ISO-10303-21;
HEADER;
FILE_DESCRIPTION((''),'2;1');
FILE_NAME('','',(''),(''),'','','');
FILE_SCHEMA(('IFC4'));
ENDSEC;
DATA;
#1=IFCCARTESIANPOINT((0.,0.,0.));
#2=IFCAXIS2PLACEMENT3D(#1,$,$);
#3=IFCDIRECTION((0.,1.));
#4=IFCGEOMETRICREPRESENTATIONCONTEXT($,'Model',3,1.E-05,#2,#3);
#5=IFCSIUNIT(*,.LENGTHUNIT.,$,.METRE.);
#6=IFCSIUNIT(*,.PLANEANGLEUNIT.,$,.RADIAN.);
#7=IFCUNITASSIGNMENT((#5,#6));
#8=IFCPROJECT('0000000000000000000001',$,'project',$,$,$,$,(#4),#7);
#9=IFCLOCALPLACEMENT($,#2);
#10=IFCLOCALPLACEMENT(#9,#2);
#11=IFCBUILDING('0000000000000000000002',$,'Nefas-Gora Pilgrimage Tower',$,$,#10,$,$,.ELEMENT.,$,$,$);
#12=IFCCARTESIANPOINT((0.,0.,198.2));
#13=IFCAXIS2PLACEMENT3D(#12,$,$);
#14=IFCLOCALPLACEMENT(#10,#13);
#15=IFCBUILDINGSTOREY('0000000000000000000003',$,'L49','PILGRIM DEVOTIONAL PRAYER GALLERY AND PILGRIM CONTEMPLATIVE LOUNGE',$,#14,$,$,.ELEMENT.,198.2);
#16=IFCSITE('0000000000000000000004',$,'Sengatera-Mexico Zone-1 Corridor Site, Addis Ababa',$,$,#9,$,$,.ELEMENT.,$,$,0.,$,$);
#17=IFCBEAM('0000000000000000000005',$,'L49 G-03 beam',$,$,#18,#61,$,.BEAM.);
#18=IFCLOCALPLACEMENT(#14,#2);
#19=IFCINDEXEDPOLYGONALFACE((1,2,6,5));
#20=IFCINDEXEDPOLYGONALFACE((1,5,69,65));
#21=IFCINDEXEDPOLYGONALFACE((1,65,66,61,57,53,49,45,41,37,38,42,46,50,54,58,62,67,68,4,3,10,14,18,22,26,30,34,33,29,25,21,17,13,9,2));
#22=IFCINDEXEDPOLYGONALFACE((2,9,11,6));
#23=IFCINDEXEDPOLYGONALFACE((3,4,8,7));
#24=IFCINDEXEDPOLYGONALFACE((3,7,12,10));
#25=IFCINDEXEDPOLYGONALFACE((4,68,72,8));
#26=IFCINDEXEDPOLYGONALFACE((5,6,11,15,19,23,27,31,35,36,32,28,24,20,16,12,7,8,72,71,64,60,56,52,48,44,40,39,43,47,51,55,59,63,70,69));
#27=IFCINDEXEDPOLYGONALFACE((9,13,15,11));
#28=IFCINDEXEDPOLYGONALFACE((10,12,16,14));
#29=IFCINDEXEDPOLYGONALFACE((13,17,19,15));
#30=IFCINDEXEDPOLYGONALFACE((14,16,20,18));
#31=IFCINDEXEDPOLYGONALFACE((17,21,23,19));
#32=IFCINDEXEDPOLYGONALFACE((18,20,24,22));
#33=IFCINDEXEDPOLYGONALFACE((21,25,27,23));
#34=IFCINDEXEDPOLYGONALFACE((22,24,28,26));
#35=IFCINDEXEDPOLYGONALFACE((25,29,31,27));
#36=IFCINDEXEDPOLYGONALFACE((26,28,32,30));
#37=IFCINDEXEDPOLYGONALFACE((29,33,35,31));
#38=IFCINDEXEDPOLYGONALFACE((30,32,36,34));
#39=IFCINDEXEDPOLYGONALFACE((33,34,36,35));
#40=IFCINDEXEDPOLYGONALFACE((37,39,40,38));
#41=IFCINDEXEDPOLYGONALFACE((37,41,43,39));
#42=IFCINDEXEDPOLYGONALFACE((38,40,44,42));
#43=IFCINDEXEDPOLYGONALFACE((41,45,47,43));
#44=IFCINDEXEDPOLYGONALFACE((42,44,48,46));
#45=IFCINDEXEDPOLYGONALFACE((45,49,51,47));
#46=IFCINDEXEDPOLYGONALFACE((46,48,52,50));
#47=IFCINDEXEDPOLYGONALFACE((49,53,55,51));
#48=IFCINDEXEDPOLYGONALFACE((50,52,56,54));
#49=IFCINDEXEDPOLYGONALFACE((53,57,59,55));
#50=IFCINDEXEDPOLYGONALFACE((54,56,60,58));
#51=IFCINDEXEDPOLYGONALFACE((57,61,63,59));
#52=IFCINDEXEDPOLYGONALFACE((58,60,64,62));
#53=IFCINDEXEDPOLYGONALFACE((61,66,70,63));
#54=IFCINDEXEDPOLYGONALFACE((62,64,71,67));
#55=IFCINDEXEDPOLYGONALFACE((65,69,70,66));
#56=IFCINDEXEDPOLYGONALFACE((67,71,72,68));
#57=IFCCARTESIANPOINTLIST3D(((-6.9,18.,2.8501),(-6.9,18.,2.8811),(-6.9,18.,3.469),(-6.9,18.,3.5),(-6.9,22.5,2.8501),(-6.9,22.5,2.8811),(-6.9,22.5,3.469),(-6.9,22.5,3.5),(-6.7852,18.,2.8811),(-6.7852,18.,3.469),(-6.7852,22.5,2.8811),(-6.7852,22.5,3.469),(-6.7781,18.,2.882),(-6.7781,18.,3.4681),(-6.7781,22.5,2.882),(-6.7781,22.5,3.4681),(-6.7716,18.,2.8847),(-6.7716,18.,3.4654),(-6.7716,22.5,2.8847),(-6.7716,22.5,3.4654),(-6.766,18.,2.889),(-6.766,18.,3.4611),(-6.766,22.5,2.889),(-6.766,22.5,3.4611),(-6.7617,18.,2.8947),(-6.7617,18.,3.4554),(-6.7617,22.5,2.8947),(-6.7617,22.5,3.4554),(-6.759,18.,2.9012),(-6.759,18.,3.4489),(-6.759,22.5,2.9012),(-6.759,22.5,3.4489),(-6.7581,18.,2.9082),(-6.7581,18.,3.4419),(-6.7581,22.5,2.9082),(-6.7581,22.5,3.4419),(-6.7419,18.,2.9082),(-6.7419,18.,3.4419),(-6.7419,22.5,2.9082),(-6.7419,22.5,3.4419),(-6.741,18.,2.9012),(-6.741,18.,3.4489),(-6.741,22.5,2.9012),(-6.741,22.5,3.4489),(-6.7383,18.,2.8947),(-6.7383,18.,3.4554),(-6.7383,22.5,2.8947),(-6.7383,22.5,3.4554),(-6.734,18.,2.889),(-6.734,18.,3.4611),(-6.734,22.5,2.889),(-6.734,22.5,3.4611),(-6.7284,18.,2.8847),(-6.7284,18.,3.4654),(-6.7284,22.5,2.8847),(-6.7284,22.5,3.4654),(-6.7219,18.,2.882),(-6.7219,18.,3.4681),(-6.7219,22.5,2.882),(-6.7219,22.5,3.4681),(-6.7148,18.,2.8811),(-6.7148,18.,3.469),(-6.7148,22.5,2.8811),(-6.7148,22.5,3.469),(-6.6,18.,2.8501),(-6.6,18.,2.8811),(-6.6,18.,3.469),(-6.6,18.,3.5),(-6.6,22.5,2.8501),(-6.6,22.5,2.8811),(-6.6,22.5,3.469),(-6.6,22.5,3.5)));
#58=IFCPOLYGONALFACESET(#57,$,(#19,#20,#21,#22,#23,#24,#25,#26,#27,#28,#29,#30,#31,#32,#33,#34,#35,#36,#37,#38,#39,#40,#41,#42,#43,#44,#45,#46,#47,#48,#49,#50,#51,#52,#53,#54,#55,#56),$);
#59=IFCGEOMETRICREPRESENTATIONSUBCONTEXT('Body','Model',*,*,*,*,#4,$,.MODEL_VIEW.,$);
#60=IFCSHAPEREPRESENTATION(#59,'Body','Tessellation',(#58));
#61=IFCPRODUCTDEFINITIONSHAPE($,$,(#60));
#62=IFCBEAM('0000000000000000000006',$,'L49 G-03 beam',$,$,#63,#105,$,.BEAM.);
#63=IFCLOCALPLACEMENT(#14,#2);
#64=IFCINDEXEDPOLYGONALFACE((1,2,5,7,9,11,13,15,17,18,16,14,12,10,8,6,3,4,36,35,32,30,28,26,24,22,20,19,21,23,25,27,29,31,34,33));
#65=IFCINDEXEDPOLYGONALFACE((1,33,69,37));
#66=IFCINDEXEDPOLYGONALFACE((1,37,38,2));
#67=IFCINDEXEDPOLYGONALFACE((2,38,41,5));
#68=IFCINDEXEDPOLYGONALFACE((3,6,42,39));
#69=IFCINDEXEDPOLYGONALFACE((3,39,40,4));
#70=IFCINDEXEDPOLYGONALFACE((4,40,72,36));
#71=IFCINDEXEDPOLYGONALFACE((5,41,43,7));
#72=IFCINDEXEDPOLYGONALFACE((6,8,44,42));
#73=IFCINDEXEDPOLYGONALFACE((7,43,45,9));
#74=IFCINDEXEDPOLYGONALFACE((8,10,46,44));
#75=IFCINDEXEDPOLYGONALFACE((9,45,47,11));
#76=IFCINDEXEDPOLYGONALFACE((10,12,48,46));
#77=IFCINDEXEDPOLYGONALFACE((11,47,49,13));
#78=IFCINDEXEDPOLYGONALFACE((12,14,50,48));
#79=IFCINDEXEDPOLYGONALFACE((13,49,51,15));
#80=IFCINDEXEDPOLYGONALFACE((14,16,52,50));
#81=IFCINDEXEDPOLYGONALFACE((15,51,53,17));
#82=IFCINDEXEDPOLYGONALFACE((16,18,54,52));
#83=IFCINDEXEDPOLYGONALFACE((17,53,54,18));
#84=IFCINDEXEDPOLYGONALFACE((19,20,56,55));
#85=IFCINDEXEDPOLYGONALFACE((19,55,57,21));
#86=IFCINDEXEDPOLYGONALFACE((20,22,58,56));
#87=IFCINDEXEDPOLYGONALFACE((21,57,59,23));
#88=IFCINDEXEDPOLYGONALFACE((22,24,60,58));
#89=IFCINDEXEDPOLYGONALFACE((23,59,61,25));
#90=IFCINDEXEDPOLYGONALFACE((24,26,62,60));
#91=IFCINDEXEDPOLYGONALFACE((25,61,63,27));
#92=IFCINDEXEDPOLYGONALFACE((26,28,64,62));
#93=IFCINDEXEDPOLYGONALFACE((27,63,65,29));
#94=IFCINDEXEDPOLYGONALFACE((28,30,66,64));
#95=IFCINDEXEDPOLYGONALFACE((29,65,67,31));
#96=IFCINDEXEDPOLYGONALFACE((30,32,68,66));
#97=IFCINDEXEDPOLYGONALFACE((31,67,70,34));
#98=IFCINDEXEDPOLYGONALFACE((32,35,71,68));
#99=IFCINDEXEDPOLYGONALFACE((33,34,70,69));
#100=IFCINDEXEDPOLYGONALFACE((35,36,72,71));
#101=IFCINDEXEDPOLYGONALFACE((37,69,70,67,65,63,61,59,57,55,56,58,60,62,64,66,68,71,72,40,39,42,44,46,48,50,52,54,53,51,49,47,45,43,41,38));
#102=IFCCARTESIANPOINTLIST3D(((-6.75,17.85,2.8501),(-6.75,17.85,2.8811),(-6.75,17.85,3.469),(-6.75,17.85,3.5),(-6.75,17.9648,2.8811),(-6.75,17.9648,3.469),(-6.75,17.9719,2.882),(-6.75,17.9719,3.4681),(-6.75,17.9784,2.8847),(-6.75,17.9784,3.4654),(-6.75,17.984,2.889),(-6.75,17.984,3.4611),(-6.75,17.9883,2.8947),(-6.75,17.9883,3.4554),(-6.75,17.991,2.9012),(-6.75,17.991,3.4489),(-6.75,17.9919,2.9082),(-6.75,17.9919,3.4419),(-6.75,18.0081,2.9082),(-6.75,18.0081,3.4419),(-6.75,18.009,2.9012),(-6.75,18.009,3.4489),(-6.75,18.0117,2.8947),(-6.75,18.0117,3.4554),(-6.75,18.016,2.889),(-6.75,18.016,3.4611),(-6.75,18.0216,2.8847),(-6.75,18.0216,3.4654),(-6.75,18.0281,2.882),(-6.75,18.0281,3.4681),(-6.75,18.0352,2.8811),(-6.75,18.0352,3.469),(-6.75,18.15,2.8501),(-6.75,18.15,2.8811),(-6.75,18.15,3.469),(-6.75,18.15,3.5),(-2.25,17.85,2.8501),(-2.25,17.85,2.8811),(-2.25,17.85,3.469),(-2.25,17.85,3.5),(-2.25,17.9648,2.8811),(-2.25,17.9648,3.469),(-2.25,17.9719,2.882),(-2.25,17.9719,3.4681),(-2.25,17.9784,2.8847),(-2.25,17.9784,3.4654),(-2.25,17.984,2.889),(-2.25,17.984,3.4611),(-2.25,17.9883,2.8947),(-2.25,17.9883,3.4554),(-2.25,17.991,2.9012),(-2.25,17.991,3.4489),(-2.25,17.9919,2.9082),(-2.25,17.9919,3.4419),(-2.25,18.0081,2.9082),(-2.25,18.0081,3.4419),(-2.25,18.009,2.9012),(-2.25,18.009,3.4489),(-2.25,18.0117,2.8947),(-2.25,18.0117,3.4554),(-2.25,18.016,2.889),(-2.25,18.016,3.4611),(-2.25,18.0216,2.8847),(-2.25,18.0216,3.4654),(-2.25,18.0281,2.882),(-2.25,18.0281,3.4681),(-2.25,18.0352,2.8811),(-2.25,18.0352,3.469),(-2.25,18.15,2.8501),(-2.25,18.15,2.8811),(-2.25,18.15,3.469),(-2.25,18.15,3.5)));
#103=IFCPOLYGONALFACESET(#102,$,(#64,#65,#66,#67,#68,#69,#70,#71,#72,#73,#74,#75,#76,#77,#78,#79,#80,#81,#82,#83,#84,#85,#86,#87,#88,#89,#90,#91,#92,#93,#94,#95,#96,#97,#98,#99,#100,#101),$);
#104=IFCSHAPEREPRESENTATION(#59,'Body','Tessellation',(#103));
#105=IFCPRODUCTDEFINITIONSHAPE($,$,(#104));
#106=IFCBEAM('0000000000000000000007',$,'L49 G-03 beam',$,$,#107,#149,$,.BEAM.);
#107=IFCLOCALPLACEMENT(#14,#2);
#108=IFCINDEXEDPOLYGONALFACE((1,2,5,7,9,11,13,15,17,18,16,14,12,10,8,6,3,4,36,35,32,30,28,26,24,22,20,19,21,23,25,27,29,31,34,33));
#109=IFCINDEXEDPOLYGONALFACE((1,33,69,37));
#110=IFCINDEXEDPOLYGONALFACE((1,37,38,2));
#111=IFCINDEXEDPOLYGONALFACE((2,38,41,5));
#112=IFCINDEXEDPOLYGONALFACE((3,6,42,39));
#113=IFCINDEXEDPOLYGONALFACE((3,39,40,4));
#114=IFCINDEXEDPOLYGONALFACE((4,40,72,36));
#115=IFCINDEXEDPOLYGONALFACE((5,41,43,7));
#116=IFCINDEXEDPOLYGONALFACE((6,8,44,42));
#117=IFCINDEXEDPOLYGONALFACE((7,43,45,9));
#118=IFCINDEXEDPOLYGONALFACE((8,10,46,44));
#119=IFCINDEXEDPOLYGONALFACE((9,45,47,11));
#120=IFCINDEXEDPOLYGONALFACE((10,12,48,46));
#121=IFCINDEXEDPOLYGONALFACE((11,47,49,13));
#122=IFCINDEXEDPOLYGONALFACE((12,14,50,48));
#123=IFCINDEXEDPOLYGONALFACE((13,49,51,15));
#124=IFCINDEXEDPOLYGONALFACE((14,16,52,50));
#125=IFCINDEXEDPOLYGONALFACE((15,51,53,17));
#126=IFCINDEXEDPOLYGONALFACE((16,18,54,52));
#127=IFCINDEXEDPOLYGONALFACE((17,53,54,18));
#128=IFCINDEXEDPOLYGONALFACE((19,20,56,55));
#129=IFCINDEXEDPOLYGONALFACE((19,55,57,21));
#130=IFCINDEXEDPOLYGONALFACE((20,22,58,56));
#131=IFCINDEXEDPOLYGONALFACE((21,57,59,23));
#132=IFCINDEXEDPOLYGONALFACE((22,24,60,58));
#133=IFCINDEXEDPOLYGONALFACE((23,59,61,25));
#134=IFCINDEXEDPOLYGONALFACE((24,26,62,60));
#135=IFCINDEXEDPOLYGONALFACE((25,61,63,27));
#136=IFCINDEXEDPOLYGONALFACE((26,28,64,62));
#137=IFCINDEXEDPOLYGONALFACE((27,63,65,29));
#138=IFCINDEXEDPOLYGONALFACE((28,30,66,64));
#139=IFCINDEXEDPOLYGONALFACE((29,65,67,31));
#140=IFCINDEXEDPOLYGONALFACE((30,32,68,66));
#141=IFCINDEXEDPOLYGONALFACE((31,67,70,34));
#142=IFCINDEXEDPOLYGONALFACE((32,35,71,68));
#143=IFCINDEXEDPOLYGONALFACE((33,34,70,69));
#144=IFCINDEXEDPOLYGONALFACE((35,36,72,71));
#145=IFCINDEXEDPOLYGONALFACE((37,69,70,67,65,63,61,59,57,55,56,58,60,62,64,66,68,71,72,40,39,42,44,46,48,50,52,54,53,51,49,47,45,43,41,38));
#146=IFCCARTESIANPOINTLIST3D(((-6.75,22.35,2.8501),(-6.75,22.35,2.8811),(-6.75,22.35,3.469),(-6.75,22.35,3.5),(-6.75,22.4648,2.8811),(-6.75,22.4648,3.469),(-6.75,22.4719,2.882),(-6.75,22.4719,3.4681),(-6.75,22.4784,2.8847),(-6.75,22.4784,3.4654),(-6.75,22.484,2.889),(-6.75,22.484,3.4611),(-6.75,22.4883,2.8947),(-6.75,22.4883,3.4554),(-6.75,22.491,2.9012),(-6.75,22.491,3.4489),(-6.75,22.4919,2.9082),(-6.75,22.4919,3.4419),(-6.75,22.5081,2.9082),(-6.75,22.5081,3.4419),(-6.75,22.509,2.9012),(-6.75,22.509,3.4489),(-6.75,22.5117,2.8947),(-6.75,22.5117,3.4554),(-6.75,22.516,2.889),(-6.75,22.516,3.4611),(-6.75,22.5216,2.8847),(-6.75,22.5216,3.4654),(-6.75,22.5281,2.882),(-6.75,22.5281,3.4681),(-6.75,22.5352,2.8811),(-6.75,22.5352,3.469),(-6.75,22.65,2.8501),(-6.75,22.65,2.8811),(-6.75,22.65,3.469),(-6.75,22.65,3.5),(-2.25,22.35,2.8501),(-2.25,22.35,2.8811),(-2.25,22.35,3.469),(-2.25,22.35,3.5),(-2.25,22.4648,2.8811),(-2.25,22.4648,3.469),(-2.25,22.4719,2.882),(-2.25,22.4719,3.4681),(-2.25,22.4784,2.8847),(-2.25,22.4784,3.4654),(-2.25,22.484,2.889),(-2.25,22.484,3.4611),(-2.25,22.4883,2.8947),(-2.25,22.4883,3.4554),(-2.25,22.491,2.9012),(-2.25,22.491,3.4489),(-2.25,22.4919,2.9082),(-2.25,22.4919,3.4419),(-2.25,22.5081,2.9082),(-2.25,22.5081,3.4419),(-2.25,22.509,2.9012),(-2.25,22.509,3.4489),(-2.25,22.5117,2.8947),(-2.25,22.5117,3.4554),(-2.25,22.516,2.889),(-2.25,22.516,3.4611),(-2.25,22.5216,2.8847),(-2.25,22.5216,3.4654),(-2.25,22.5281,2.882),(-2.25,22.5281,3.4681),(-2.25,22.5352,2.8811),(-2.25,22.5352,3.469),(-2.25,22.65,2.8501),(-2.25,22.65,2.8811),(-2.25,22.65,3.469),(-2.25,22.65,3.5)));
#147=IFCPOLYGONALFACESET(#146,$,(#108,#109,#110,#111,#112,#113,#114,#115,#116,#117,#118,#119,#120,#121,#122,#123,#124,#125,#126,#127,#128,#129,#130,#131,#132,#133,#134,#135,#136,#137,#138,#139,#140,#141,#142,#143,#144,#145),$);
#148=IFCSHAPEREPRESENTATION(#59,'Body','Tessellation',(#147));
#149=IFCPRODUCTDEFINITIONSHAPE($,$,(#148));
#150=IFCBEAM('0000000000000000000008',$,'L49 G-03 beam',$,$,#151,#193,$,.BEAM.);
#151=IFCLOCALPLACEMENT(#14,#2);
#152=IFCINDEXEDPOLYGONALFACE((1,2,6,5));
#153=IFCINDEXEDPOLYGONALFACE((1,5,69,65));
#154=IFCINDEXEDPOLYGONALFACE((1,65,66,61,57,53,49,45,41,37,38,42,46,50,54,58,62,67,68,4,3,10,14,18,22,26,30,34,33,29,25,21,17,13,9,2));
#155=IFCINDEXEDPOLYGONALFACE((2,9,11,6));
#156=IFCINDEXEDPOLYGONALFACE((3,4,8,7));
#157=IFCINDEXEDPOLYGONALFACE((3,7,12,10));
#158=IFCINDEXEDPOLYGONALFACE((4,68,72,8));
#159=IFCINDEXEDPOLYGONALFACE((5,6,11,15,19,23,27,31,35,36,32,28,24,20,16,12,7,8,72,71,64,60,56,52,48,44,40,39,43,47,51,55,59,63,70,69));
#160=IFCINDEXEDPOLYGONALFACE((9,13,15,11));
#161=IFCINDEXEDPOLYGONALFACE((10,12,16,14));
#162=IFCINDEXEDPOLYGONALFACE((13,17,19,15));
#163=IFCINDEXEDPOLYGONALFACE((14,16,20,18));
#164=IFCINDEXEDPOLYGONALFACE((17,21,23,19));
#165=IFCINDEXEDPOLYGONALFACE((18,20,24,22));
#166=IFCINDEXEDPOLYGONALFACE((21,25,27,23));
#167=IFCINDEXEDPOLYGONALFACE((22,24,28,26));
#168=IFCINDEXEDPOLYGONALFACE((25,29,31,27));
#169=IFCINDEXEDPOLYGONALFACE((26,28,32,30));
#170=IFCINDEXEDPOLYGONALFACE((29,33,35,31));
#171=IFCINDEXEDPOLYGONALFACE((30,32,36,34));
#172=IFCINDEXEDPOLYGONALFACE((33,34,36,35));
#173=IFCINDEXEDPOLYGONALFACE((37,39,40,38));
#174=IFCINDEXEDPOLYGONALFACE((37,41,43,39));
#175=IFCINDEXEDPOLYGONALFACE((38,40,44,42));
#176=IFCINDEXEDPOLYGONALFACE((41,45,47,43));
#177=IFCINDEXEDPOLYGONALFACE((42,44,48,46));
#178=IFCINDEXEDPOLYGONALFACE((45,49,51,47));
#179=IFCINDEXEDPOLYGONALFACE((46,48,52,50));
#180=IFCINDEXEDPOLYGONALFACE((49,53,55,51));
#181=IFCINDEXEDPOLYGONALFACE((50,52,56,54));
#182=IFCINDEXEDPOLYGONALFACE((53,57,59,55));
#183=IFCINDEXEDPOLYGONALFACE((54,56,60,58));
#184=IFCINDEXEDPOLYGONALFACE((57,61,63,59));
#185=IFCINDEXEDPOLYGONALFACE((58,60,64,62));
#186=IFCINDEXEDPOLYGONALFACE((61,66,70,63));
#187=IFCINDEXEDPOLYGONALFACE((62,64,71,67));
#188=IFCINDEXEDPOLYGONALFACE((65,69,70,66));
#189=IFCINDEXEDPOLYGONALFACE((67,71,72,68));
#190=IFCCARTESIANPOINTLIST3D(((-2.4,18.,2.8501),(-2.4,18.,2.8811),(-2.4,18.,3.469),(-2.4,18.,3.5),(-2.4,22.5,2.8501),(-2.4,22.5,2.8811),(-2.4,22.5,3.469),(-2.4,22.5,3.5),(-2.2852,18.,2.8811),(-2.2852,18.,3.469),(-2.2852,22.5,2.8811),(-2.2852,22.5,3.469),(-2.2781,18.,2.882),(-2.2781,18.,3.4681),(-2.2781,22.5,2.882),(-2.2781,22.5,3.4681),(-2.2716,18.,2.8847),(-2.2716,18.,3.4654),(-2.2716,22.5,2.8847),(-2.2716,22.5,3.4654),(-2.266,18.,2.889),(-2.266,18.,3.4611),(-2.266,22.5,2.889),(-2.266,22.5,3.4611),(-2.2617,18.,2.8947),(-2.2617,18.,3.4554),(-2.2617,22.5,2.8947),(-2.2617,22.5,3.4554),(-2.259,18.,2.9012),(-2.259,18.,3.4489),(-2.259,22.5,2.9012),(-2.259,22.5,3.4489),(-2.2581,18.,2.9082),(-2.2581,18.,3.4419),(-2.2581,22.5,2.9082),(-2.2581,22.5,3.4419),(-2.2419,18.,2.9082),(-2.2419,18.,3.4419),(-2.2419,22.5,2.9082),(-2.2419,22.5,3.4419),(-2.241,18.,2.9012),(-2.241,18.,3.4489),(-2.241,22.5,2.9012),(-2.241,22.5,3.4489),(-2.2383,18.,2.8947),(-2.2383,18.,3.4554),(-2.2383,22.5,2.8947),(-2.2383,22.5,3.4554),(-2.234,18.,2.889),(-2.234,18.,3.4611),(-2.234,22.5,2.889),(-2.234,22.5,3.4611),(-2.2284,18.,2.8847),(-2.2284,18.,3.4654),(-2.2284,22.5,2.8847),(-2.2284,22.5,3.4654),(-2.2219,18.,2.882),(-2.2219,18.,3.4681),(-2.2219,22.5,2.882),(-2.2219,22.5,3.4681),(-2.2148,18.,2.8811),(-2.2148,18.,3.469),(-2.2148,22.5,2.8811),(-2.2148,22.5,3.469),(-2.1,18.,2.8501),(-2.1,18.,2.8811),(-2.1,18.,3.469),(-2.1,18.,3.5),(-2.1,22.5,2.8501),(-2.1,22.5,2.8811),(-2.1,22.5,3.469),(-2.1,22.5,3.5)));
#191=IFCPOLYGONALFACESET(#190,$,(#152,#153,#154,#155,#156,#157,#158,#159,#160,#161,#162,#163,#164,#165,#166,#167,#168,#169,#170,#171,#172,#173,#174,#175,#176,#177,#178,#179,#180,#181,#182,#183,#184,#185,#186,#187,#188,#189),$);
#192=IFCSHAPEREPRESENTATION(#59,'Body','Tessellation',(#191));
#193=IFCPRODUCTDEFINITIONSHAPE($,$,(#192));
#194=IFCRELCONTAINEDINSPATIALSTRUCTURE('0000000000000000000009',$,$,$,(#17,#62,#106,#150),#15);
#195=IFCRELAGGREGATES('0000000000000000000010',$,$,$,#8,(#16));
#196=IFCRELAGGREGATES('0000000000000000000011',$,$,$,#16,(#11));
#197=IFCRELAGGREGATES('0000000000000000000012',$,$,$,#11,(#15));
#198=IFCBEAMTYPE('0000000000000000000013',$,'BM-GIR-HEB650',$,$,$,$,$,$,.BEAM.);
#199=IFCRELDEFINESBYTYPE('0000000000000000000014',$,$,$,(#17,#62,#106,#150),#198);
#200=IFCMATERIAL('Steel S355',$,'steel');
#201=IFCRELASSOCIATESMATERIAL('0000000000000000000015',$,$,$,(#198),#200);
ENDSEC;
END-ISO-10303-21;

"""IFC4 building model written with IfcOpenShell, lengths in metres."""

from ifc_helpers import new_model, si_unit, direction, frame, origin, origin_2d, place, context, subcontext, project, spatial, i_section, extrude, source, transform, mapped, material, material_profile, profile_set, type_object, element, save


model = new_model("IFC4")

# Units and contexts
model_context = context("Model", 3, precision=1e-05, world=origin(), true_north=direction((0.0, 1.0)))
body_context = subcontext(model_context, "Body", "Model", "MODEL_VIEW")
ifc_project = project(units=[si_unit("LENGTHUNIT", "METRE"), si_unit("PLANEANGLEUNIT", "RADIAN")], contexts=[model_context])

# Site, building, storey
site_placement = place(None, origin())
site = spatial("IfcSite", under=ifc_project, at=site_placement, Name="Sengatera-Mexico Zone-1 Corridor Site, Addis Ababa", CompositionType="ELEMENT", RefElevation=0.0)
building_placement = place(site_placement, origin())
building = spatial("IfcBuilding", under=site, at=building_placement, Name="Nefas-Gora Pilgrimage Tower", CompositionType="ELEMENT")
storey_placement = place(building_placement, frame((0.0, 0.0, 198.2)))
storey = spatial("IfcBuildingStorey", under=building, at=storey_placement, Name="L49", Description="PILGRIM DEVOTIONAL PRAYER GALLERY AND PILGRIM CONTEMPLATIVE LOUNGE", CompositionType="ELEMENT", Elevation=198.2)

# Beams
ifc_material_1 = material(Name="Steel S355", Category="steel")
ifc_material_profile_1 = material_profile(ifc_material_1, i_section(OverallWidth=0.3, OverallDepth=0.6499, WebThickness=0.0161, FlangeThickness=0.031, FilletRadius=0.0271, at=origin_2d()), Name="HEB 650")
ifc_profile_set_1 = profile_set([ifc_material_profile_1], Name="Steel S355")
beam_type = type_object("IfcBeamType", Name="BM-GIR-HEB650", PredefinedType="BEAM", material=ifc_profile_set_1)
shared_shape_1 = source(origin(), body_context, "Body", "SweptSolid", [
    extrude(i_section(OverallWidth=0.3, OverallDepth=0.6499, WebThickness=0.0161, FlangeThickness=0.031, FilletRadius=0.0271, at=origin_2d()), origin(), (0.0, 0.0, 1.0), 4.5),
])
for number, where, z_axis, x_axis, name in (
    (1, (-6.75, 18.0, 3.175), (0.0, 1.0, 0.0), (-1.0, 0.0, 0.0), "L49 G-03 beam"),
    (2, (-6.75, 18.0, 3.175), (1.0, 0.0, 0.0), (0.0, 1.0, 0.0), "L49 G-03 beam"),
    (3, (-6.75, 22.5, 3.175), (1.0, 0.0, 0.0), (0.0, 1.0, 0.0), "L49 G-03 beam"),
    (4, (-2.25, 18.0, 3.175), (0.0, 1.0, 0.0), (-1.0, 0.0, 0.0), "L49 G-03 beam"),
):
    element("IfcBeam", number, at=place(storey_placement, frame(where, z_axis=z_axis, x_axis=x_axis)), inside=storey, type_object=beam_type, Name=name, PredefinedType="BEAM", context=body_context, shape_type="MappedRepresentation", body=[
        mapped(shared_shape_1, transform((0.0, 0.0, 0.0), x_axis=(1.0, 0.0, 0.0), y_axis=(0.0, 1.0, 0.0), z_axis=(0.0, 0.0, 1.0), scale=1.0)),
    ])

save(model, "model.ifc")
